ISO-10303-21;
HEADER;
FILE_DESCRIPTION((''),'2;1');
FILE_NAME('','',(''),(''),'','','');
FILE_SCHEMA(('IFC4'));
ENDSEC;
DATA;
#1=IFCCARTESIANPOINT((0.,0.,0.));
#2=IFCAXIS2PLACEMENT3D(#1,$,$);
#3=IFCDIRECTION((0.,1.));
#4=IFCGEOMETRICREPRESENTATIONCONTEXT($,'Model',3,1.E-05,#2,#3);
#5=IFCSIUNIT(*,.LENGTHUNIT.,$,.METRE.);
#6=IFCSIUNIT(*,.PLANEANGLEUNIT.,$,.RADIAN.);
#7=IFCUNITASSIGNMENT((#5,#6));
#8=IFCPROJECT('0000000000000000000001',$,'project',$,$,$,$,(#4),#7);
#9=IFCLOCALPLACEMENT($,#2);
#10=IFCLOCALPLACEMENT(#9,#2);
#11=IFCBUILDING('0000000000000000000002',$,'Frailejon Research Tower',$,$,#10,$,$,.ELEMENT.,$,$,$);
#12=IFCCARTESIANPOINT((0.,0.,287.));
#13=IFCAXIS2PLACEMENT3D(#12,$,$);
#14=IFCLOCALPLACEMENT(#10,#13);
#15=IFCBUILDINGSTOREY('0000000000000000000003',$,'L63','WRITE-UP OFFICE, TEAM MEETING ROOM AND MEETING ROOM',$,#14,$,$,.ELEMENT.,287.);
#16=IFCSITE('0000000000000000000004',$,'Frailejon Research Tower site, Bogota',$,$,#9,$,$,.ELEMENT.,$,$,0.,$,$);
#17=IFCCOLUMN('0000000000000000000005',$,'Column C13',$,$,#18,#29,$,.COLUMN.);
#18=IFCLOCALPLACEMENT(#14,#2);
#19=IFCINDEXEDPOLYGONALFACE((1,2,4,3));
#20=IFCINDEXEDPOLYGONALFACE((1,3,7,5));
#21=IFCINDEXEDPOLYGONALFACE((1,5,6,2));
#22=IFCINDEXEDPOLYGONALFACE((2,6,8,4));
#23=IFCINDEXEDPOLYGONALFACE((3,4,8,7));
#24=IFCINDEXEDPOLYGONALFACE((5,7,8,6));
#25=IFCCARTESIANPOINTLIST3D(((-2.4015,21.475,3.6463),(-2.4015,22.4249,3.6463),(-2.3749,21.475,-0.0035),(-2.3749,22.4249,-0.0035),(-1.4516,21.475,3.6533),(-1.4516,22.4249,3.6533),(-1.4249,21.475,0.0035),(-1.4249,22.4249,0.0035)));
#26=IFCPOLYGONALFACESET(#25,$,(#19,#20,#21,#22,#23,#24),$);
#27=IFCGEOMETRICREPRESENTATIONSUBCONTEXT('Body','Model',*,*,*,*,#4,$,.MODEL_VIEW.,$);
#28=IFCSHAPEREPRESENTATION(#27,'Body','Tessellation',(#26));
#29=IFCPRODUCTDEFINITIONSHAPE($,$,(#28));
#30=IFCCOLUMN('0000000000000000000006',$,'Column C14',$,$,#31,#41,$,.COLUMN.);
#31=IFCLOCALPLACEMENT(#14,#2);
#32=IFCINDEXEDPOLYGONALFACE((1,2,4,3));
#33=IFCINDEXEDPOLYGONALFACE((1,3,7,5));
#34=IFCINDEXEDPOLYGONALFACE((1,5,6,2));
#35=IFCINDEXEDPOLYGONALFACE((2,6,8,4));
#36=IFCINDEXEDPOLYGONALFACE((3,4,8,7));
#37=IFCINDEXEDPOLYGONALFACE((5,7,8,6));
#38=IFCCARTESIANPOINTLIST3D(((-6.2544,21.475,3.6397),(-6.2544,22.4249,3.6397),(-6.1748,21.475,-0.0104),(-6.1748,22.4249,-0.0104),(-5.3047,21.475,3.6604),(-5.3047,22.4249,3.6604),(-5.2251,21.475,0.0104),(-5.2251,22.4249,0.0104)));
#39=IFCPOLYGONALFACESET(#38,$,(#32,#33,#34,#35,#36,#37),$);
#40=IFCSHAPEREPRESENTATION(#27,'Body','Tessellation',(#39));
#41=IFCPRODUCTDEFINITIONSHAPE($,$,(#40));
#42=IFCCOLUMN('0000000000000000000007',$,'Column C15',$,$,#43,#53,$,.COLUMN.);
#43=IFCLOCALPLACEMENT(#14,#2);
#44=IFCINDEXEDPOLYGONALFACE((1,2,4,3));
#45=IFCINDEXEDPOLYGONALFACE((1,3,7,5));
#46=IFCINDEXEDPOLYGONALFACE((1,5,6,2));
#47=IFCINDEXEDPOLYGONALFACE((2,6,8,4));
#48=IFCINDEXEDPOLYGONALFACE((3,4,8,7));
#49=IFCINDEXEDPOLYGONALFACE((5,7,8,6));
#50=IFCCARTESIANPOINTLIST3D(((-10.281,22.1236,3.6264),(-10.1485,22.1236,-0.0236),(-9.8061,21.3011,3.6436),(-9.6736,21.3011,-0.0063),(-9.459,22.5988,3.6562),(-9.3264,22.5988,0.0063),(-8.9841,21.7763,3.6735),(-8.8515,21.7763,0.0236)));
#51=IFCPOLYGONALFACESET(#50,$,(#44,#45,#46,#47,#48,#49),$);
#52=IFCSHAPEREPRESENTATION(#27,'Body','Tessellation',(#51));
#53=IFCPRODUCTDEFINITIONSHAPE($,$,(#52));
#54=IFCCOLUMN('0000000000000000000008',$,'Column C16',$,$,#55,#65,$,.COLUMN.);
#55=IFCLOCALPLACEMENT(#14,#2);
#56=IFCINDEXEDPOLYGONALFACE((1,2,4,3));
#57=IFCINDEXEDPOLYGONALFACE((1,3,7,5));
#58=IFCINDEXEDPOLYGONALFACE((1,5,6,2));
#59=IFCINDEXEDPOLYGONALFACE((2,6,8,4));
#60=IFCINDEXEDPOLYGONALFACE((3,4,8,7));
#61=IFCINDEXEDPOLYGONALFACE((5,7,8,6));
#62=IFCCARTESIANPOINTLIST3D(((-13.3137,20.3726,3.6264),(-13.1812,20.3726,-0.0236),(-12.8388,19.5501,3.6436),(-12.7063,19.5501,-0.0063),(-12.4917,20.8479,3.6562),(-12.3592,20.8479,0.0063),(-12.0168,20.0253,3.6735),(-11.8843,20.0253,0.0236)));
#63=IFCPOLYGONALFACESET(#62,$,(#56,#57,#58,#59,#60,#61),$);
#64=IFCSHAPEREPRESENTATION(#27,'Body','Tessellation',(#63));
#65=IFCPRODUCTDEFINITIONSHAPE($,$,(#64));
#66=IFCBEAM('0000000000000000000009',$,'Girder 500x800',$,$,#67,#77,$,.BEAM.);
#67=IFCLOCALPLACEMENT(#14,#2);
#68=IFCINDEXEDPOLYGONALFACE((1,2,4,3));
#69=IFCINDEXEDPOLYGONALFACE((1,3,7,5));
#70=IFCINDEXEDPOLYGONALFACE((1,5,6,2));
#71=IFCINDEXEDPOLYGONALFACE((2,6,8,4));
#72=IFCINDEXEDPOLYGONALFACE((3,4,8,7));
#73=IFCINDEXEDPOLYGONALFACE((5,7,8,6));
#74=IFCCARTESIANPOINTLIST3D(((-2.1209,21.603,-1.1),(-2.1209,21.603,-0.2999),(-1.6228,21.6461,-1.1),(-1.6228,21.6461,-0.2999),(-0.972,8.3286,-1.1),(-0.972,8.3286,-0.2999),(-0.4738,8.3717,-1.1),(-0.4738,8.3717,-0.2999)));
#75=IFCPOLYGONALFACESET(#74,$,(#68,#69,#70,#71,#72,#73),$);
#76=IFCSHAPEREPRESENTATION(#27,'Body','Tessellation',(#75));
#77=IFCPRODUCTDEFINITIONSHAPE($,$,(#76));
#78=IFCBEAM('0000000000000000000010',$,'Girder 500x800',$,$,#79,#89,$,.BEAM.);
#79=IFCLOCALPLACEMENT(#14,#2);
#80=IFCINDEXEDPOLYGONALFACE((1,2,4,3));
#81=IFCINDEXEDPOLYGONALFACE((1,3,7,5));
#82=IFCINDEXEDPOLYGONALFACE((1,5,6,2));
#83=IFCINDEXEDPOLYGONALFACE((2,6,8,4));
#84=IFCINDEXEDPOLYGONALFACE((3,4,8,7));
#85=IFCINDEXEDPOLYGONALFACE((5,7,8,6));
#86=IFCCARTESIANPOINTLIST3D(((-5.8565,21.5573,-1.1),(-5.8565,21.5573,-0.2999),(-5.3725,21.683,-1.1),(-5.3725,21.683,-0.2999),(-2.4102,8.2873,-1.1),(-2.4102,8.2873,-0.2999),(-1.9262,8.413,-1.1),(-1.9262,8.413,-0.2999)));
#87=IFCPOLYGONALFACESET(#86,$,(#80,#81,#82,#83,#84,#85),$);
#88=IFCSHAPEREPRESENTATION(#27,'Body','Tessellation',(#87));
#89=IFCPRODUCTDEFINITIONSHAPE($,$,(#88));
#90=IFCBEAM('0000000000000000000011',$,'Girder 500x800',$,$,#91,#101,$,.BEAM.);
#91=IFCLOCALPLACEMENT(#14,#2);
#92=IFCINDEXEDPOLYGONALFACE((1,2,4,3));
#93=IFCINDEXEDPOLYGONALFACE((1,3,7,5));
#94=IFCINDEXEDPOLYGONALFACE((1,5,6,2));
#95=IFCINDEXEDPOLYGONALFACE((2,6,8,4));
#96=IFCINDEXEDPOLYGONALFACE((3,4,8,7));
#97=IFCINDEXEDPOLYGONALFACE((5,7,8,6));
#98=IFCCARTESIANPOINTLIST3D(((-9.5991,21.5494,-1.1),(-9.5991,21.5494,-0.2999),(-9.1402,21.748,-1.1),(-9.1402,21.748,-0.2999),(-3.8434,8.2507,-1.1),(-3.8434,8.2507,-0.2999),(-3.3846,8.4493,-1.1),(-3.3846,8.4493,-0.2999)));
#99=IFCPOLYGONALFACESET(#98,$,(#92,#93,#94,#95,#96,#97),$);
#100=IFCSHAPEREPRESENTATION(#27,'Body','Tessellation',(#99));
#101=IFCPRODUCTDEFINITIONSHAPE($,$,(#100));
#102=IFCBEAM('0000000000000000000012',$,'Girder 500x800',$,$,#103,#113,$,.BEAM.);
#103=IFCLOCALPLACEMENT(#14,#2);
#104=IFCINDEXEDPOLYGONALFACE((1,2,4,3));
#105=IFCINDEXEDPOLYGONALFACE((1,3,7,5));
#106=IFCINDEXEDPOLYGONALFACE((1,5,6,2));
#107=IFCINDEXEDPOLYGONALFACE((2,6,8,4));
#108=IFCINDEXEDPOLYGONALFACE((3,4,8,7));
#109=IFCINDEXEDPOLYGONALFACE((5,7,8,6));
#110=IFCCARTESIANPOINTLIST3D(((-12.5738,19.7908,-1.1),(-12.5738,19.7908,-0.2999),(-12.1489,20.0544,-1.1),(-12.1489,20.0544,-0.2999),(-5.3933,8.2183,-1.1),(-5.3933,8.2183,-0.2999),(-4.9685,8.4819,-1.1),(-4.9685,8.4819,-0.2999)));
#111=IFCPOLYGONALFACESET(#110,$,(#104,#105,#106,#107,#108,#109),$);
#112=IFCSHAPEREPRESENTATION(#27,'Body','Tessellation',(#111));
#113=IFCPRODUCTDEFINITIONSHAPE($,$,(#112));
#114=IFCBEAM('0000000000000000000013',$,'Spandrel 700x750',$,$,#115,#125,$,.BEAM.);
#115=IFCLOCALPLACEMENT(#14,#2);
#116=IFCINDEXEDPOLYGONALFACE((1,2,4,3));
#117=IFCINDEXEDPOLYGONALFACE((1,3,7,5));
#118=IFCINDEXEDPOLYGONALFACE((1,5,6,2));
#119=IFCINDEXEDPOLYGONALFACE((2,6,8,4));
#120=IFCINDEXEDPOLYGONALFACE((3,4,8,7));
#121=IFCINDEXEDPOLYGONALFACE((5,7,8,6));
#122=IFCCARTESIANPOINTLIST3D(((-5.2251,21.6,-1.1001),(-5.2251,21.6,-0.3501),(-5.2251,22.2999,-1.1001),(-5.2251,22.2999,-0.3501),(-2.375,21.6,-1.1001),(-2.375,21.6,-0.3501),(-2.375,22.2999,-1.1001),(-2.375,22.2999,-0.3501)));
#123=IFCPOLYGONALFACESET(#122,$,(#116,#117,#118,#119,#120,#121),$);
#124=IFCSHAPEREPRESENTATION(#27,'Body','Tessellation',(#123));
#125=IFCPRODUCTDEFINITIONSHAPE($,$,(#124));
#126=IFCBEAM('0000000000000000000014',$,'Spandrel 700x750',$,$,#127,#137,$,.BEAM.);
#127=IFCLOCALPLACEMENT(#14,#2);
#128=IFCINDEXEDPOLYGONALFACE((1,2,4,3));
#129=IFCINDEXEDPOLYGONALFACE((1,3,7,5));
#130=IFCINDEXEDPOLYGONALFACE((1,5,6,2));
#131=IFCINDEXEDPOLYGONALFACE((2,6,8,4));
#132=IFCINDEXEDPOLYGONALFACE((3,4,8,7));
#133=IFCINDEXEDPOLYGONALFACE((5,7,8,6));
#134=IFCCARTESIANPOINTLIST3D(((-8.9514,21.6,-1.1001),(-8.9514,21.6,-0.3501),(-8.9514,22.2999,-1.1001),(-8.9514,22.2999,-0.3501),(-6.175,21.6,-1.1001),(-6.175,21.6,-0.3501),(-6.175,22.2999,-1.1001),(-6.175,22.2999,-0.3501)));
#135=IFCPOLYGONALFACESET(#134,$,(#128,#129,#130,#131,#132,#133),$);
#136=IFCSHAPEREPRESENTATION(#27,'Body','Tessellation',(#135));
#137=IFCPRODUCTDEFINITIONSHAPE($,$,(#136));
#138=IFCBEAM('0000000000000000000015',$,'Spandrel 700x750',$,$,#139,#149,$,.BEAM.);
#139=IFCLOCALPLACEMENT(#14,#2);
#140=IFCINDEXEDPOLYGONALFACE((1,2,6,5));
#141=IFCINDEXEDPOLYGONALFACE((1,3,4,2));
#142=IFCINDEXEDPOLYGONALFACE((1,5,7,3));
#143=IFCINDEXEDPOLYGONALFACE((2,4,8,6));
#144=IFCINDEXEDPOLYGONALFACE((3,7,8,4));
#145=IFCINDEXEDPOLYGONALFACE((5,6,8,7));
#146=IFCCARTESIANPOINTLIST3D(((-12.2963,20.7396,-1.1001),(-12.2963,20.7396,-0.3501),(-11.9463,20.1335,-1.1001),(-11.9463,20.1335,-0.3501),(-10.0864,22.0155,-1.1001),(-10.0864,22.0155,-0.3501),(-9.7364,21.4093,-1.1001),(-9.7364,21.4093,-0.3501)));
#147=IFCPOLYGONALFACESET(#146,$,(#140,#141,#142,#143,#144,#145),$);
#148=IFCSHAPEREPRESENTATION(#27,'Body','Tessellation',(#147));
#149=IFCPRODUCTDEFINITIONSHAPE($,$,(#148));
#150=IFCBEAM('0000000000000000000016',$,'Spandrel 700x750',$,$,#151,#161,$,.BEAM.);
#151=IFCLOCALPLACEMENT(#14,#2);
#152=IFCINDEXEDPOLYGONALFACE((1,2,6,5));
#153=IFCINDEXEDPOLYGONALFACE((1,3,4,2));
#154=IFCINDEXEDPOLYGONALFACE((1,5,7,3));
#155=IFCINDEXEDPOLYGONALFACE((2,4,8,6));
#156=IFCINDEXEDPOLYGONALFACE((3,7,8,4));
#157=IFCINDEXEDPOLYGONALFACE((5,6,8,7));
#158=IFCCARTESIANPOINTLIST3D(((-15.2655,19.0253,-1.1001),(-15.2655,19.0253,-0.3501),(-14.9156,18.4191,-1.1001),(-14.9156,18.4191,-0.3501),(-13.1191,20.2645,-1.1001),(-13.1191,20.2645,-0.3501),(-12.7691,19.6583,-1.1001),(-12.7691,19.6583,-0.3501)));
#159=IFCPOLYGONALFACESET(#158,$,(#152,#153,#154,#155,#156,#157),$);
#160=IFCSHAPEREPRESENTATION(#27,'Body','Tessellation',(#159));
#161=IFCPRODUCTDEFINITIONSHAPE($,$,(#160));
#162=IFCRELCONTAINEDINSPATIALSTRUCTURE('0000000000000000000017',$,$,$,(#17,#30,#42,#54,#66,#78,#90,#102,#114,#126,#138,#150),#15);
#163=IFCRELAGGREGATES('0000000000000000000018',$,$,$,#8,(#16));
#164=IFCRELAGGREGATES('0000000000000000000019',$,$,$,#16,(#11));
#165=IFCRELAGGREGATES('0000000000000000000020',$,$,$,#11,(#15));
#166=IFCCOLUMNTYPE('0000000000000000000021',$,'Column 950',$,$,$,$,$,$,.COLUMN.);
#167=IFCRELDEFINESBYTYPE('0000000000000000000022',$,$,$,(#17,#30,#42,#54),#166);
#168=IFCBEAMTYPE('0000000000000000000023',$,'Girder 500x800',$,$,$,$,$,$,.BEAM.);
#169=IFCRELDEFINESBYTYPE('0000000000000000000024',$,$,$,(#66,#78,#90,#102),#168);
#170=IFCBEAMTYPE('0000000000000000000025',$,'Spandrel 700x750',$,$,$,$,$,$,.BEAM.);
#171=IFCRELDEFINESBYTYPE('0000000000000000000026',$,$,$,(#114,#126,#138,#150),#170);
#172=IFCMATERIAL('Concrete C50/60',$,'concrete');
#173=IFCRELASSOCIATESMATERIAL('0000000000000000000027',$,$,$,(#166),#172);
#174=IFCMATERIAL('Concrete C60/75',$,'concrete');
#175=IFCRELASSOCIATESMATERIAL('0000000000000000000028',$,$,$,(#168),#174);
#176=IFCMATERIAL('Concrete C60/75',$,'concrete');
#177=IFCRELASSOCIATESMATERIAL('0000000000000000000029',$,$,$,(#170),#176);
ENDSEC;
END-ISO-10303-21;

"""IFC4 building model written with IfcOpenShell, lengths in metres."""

from ifc_helpers import new_model, si_unit, direction, frame, origin, origin_2d, place, context, subcontext, project, spatial, rectangle, extrude, material, material_profile, profile_set, type_object, element, save


model = new_model("IFC4")

# Units and contexts
model_context = context("Model", 3, precision=1e-05, world=origin(), true_north=direction((0.0, 1.0)))
body_context = subcontext(model_context, "Body", "Model", "MODEL_VIEW")
ifc_project = project(units=[si_unit("LENGTHUNIT", "METRE"), si_unit("PLANEANGLEUNIT", "RADIAN")], contexts=[model_context])

# Site, building, storey
site_placement = place(None, origin())
site = spatial("IfcSite", under=ifc_project, at=site_placement, Name="Frailejon Research Tower site, Bogota", CompositionType="ELEMENT", RefElevation=0.0)
building_placement = place(site_placement, origin())
building = spatial("IfcBuilding", under=site, at=building_placement, Name="Frailejon Research Tower", CompositionType="ELEMENT")
storey_placement = place(building_placement, frame((0.0, 0.0, 287.0)))
storey = spatial("IfcBuildingStorey", under=building, at=storey_placement, Name="L63", Description="WRITE-UP OFFICE, TEAM MEETING ROOM AND MEETING ROOM", CompositionType="ELEMENT", Elevation=287.0)

# Columns
ifc_material_1 = material(Name="Concrete C50/60", Category="concrete")
ifc_material_profile_1 = material_profile(ifc_material_1, rectangle(XDim=0.95, YDim=0.95, at=origin_2d()), Name="Column 950")
ifc_profile_set_1 = profile_set([ifc_material_profile_1], Name="Concrete C50/60")
column_type = type_object("IfcColumnType", Name="Column 950", PredefinedType="COLUMN", material=ifc_profile_set_1)
column_1_placement = place(storey_placement, frame((-1.8999, 21.95, 0.0), z_axis=(-0.007291, 0.0, 0.999973), x_axis=(-0.999973, 0.0, -0.007291)))
element("IfcColumn", 1, at=column_1_placement, inside=storey, type_object=column_type, Name="Column C13", PredefinedType="COLUMN", context=body_context, shape_type="SweptSolid", body=[
    extrude(rectangle(XDim=0.95, YDim=0.95, at=origin_2d()), origin(), (0.0, 0.0, 1.0), 3.6499),
])
column_2_placement = place(storey_placement, frame((-5.7, 21.95, 0.0), z_axis=(-0.021801, 0.0, 0.999762), x_axis=(-0.999762, 0.0, -0.021801)))
element("IfcColumn", 2, at=column_2_placement, inside=storey, type_object=column_type, Name="Column C14", PredefinedType="COLUMN", context=body_context, shape_type="SweptSolid", body=[
    extrude(rectangle(XDim=0.95, YDim=0.95, at=origin_2d()), origin(), (0.0, 0.0, 1.0), 3.6509),
])
for number, where, z_axis, x_axis, name in (
    (3, (-9.5, 21.95, 0.0), (-0.036297, 0.0, 0.999341), (-0.865313, -0.500246, -0.031429), "Column C15"),
    (4, (-12.5327, 20.199, 0.0), (-0.036297, 0.0, 0.999341), (-0.865313, -0.500246, -0.031429), "Column C16"),
):
    element("IfcColumn", number, at=place(storey_placement, frame(where, z_axis=z_axis, x_axis=x_axis)), inside=storey, type_object=column_type, Name=name, PredefinedType="COLUMN", context=body_context, shape_type="SweptSolid", body=[
        extrude(rectangle(XDim=0.95, YDim=0.95, at=origin_2d()), origin(), (0.0, 0.0, 1.0), 3.6523),
    ])

# Beams
ifc_material_2 = material(Name="Concrete C60/75", Category="concrete")
ifc_material_profile_2 = material_profile(ifc_material_2, rectangle(XDim=0.5, YDim=0.8, at=origin_2d()), Name="Girder 500x800")
ifc_profile_set_2 = profile_set([ifc_material_profile_2], Name="Concrete C60/75")
beam_type_1 = type_object("IfcBeamType", Name="Girder 500x800", PredefinedType="BEAM", material=ifc_profile_set_2)
beam_1_placement = place(storey_placement, frame((-1.8718, 21.6245, -0.7), z_axis=(0.08623, -0.996275, 0.0), x_axis=(0.996275, 0.08623, 0.0)))
element("IfcBeam", 5, at=beam_1_placement, inside=storey, type_object=beam_type_1, Name="Girder 500x800", PredefinedType="BEAM", context=body_context, shape_type="SweptSolid", body=[
    extrude(rectangle(XDim=0.5, YDim=0.8, at=origin_2d()), origin(), (0.0, 0.0, 1.0), 13.324),
])
beam_2_placement = place(storey_placement, frame((-5.6145, 21.6201, -0.7), z_axis=(0.251366, -0.967892, 0.0), x_axis=(0.967892, 0.251366, 0.0)))
element("IfcBeam", 6, at=beam_2_placement, inside=storey, type_object=beam_type_1, Name="Girder 500x800", PredefinedType="BEAM", context=body_context, shape_type="SweptSolid", body=[
    extrude(rectangle(XDim=0.5, YDim=0.8, at=origin_2d()), origin(), (0.0, 0.0, 1.0), 13.7102),
])
beam_3_placement = place(storey_placement, frame((-9.3696, 21.6487, -0.7), z_axis=(0.397195, -0.917734, 0.0), x_axis=(0.917734, 0.397195, 0.0)))
element("IfcBeam", 7, at=beam_3_placement, inside=storey, type_object=beam_type_1, Name="Girder 500x800", PredefinedType="BEAM", context=body_context, shape_type="SweptSolid", body=[
    extrude(rectangle(XDim=0.5, YDim=0.8, at=origin_2d()), origin(), (0.0, 0.0, 1.0), 14.4907),
])
beam_4_placement = place(storey_placement, frame((-12.3613, 19.9226, -0.7), z_axis=(0.527229, -0.849723, 0.0), x_axis=(0.849723, 0.527229, 0.0)))
element("IfcBeam", 8, at=beam_4_placement, inside=storey, type_object=beam_type_1, Name="Girder 500x800", PredefinedType="BEAM", context=body_context, shape_type="SweptSolid", body=[
    extrude(rectangle(XDim=0.5, YDim=0.8, at=origin_2d()), origin(), (0.0, 0.0, 1.0), 13.6191),
])
ifc_material_3 = material(Name="Concrete C60/75", Category="concrete")
ifc_material_profile_3 = material_profile(ifc_material_3, rectangle(XDim=0.7, YDim=0.75, at=origin_2d()), Name="Spandrel 700x750")
ifc_profile_set_3 = profile_set([ifc_material_profile_3], Name="Concrete C60/75")
beam_type_2 = type_object("IfcBeamType", Name="Spandrel 700x750", PredefinedType="BEAM", material=ifc_profile_set_3)
beam_5_placement = place(storey_placement, frame((-2.375, 21.95, -0.7251), z_axis=(-1.0, 0.0, 0.0), x_axis=(0.0, -1.0, 0.0)))
element("IfcBeam", 9, at=beam_5_placement, inside=storey, type_object=beam_type_2, Name="Spandrel 700x750", PredefinedType="BEAM", context=body_context, shape_type="SweptSolid", body=[
    extrude(rectangle(XDim=0.7, YDim=0.75, at=origin_2d()), origin(), (0.0, 0.0, 1.0), 2.8501),
])
beam_6_placement = place(storey_placement, frame((-6.175, 21.95, -0.7251), z_axis=(-1.0, 0.0, 0.0), x_axis=(0.0, -1.0, 0.0)))
element("IfcBeam", 10, at=beam_6_placement, inside=storey, type_object=beam_type_2, Name="Spandrel 700x750", PredefinedType="BEAM", context=body_context, shape_type="SweptSolid", body=[
    extrude(rectangle(XDim=0.7, YDim=0.75, at=origin_2d()), origin(), (0.0, 0.0, 1.0), 2.7764),
])
beam_7_placement = place(storey_placement, frame((-9.9114, 21.7124, -0.7251), z_axis=(-0.866033, -0.499987, 0.0), x_axis=(0.499987, -0.866033, 0.0)))
element("IfcBeam", 11, at=beam_7_placement, inside=storey, type_object=beam_type_2, Name="Spandrel 700x750", PredefinedType="BEAM", context=body_context, shape_type="SweptSolid", body=[
    extrude(rectangle(XDim=0.7, YDim=0.75, at=origin_2d()), origin(), (0.0, 0.0, 1.0), 2.5518),
])
beam_8_placement = place(storey_placement, frame((-12.9441, 19.9614, -0.7251), z_axis=(-0.866028, -0.499995, 0.0), x_axis=(0.499995, -0.866028, 0.0)))
element("IfcBeam", 12, at=beam_8_placement, inside=storey, type_object=beam_type_2, Name="Spandrel 700x750", PredefinedType="BEAM", context=body_context, shape_type="SweptSolid", body=[
    extrude(rectangle(XDim=0.7, YDim=0.75, at=origin_2d()), origin(), (0.0, 0.0, 1.0), 2.4785),
])

save(model, "model.ifc")
